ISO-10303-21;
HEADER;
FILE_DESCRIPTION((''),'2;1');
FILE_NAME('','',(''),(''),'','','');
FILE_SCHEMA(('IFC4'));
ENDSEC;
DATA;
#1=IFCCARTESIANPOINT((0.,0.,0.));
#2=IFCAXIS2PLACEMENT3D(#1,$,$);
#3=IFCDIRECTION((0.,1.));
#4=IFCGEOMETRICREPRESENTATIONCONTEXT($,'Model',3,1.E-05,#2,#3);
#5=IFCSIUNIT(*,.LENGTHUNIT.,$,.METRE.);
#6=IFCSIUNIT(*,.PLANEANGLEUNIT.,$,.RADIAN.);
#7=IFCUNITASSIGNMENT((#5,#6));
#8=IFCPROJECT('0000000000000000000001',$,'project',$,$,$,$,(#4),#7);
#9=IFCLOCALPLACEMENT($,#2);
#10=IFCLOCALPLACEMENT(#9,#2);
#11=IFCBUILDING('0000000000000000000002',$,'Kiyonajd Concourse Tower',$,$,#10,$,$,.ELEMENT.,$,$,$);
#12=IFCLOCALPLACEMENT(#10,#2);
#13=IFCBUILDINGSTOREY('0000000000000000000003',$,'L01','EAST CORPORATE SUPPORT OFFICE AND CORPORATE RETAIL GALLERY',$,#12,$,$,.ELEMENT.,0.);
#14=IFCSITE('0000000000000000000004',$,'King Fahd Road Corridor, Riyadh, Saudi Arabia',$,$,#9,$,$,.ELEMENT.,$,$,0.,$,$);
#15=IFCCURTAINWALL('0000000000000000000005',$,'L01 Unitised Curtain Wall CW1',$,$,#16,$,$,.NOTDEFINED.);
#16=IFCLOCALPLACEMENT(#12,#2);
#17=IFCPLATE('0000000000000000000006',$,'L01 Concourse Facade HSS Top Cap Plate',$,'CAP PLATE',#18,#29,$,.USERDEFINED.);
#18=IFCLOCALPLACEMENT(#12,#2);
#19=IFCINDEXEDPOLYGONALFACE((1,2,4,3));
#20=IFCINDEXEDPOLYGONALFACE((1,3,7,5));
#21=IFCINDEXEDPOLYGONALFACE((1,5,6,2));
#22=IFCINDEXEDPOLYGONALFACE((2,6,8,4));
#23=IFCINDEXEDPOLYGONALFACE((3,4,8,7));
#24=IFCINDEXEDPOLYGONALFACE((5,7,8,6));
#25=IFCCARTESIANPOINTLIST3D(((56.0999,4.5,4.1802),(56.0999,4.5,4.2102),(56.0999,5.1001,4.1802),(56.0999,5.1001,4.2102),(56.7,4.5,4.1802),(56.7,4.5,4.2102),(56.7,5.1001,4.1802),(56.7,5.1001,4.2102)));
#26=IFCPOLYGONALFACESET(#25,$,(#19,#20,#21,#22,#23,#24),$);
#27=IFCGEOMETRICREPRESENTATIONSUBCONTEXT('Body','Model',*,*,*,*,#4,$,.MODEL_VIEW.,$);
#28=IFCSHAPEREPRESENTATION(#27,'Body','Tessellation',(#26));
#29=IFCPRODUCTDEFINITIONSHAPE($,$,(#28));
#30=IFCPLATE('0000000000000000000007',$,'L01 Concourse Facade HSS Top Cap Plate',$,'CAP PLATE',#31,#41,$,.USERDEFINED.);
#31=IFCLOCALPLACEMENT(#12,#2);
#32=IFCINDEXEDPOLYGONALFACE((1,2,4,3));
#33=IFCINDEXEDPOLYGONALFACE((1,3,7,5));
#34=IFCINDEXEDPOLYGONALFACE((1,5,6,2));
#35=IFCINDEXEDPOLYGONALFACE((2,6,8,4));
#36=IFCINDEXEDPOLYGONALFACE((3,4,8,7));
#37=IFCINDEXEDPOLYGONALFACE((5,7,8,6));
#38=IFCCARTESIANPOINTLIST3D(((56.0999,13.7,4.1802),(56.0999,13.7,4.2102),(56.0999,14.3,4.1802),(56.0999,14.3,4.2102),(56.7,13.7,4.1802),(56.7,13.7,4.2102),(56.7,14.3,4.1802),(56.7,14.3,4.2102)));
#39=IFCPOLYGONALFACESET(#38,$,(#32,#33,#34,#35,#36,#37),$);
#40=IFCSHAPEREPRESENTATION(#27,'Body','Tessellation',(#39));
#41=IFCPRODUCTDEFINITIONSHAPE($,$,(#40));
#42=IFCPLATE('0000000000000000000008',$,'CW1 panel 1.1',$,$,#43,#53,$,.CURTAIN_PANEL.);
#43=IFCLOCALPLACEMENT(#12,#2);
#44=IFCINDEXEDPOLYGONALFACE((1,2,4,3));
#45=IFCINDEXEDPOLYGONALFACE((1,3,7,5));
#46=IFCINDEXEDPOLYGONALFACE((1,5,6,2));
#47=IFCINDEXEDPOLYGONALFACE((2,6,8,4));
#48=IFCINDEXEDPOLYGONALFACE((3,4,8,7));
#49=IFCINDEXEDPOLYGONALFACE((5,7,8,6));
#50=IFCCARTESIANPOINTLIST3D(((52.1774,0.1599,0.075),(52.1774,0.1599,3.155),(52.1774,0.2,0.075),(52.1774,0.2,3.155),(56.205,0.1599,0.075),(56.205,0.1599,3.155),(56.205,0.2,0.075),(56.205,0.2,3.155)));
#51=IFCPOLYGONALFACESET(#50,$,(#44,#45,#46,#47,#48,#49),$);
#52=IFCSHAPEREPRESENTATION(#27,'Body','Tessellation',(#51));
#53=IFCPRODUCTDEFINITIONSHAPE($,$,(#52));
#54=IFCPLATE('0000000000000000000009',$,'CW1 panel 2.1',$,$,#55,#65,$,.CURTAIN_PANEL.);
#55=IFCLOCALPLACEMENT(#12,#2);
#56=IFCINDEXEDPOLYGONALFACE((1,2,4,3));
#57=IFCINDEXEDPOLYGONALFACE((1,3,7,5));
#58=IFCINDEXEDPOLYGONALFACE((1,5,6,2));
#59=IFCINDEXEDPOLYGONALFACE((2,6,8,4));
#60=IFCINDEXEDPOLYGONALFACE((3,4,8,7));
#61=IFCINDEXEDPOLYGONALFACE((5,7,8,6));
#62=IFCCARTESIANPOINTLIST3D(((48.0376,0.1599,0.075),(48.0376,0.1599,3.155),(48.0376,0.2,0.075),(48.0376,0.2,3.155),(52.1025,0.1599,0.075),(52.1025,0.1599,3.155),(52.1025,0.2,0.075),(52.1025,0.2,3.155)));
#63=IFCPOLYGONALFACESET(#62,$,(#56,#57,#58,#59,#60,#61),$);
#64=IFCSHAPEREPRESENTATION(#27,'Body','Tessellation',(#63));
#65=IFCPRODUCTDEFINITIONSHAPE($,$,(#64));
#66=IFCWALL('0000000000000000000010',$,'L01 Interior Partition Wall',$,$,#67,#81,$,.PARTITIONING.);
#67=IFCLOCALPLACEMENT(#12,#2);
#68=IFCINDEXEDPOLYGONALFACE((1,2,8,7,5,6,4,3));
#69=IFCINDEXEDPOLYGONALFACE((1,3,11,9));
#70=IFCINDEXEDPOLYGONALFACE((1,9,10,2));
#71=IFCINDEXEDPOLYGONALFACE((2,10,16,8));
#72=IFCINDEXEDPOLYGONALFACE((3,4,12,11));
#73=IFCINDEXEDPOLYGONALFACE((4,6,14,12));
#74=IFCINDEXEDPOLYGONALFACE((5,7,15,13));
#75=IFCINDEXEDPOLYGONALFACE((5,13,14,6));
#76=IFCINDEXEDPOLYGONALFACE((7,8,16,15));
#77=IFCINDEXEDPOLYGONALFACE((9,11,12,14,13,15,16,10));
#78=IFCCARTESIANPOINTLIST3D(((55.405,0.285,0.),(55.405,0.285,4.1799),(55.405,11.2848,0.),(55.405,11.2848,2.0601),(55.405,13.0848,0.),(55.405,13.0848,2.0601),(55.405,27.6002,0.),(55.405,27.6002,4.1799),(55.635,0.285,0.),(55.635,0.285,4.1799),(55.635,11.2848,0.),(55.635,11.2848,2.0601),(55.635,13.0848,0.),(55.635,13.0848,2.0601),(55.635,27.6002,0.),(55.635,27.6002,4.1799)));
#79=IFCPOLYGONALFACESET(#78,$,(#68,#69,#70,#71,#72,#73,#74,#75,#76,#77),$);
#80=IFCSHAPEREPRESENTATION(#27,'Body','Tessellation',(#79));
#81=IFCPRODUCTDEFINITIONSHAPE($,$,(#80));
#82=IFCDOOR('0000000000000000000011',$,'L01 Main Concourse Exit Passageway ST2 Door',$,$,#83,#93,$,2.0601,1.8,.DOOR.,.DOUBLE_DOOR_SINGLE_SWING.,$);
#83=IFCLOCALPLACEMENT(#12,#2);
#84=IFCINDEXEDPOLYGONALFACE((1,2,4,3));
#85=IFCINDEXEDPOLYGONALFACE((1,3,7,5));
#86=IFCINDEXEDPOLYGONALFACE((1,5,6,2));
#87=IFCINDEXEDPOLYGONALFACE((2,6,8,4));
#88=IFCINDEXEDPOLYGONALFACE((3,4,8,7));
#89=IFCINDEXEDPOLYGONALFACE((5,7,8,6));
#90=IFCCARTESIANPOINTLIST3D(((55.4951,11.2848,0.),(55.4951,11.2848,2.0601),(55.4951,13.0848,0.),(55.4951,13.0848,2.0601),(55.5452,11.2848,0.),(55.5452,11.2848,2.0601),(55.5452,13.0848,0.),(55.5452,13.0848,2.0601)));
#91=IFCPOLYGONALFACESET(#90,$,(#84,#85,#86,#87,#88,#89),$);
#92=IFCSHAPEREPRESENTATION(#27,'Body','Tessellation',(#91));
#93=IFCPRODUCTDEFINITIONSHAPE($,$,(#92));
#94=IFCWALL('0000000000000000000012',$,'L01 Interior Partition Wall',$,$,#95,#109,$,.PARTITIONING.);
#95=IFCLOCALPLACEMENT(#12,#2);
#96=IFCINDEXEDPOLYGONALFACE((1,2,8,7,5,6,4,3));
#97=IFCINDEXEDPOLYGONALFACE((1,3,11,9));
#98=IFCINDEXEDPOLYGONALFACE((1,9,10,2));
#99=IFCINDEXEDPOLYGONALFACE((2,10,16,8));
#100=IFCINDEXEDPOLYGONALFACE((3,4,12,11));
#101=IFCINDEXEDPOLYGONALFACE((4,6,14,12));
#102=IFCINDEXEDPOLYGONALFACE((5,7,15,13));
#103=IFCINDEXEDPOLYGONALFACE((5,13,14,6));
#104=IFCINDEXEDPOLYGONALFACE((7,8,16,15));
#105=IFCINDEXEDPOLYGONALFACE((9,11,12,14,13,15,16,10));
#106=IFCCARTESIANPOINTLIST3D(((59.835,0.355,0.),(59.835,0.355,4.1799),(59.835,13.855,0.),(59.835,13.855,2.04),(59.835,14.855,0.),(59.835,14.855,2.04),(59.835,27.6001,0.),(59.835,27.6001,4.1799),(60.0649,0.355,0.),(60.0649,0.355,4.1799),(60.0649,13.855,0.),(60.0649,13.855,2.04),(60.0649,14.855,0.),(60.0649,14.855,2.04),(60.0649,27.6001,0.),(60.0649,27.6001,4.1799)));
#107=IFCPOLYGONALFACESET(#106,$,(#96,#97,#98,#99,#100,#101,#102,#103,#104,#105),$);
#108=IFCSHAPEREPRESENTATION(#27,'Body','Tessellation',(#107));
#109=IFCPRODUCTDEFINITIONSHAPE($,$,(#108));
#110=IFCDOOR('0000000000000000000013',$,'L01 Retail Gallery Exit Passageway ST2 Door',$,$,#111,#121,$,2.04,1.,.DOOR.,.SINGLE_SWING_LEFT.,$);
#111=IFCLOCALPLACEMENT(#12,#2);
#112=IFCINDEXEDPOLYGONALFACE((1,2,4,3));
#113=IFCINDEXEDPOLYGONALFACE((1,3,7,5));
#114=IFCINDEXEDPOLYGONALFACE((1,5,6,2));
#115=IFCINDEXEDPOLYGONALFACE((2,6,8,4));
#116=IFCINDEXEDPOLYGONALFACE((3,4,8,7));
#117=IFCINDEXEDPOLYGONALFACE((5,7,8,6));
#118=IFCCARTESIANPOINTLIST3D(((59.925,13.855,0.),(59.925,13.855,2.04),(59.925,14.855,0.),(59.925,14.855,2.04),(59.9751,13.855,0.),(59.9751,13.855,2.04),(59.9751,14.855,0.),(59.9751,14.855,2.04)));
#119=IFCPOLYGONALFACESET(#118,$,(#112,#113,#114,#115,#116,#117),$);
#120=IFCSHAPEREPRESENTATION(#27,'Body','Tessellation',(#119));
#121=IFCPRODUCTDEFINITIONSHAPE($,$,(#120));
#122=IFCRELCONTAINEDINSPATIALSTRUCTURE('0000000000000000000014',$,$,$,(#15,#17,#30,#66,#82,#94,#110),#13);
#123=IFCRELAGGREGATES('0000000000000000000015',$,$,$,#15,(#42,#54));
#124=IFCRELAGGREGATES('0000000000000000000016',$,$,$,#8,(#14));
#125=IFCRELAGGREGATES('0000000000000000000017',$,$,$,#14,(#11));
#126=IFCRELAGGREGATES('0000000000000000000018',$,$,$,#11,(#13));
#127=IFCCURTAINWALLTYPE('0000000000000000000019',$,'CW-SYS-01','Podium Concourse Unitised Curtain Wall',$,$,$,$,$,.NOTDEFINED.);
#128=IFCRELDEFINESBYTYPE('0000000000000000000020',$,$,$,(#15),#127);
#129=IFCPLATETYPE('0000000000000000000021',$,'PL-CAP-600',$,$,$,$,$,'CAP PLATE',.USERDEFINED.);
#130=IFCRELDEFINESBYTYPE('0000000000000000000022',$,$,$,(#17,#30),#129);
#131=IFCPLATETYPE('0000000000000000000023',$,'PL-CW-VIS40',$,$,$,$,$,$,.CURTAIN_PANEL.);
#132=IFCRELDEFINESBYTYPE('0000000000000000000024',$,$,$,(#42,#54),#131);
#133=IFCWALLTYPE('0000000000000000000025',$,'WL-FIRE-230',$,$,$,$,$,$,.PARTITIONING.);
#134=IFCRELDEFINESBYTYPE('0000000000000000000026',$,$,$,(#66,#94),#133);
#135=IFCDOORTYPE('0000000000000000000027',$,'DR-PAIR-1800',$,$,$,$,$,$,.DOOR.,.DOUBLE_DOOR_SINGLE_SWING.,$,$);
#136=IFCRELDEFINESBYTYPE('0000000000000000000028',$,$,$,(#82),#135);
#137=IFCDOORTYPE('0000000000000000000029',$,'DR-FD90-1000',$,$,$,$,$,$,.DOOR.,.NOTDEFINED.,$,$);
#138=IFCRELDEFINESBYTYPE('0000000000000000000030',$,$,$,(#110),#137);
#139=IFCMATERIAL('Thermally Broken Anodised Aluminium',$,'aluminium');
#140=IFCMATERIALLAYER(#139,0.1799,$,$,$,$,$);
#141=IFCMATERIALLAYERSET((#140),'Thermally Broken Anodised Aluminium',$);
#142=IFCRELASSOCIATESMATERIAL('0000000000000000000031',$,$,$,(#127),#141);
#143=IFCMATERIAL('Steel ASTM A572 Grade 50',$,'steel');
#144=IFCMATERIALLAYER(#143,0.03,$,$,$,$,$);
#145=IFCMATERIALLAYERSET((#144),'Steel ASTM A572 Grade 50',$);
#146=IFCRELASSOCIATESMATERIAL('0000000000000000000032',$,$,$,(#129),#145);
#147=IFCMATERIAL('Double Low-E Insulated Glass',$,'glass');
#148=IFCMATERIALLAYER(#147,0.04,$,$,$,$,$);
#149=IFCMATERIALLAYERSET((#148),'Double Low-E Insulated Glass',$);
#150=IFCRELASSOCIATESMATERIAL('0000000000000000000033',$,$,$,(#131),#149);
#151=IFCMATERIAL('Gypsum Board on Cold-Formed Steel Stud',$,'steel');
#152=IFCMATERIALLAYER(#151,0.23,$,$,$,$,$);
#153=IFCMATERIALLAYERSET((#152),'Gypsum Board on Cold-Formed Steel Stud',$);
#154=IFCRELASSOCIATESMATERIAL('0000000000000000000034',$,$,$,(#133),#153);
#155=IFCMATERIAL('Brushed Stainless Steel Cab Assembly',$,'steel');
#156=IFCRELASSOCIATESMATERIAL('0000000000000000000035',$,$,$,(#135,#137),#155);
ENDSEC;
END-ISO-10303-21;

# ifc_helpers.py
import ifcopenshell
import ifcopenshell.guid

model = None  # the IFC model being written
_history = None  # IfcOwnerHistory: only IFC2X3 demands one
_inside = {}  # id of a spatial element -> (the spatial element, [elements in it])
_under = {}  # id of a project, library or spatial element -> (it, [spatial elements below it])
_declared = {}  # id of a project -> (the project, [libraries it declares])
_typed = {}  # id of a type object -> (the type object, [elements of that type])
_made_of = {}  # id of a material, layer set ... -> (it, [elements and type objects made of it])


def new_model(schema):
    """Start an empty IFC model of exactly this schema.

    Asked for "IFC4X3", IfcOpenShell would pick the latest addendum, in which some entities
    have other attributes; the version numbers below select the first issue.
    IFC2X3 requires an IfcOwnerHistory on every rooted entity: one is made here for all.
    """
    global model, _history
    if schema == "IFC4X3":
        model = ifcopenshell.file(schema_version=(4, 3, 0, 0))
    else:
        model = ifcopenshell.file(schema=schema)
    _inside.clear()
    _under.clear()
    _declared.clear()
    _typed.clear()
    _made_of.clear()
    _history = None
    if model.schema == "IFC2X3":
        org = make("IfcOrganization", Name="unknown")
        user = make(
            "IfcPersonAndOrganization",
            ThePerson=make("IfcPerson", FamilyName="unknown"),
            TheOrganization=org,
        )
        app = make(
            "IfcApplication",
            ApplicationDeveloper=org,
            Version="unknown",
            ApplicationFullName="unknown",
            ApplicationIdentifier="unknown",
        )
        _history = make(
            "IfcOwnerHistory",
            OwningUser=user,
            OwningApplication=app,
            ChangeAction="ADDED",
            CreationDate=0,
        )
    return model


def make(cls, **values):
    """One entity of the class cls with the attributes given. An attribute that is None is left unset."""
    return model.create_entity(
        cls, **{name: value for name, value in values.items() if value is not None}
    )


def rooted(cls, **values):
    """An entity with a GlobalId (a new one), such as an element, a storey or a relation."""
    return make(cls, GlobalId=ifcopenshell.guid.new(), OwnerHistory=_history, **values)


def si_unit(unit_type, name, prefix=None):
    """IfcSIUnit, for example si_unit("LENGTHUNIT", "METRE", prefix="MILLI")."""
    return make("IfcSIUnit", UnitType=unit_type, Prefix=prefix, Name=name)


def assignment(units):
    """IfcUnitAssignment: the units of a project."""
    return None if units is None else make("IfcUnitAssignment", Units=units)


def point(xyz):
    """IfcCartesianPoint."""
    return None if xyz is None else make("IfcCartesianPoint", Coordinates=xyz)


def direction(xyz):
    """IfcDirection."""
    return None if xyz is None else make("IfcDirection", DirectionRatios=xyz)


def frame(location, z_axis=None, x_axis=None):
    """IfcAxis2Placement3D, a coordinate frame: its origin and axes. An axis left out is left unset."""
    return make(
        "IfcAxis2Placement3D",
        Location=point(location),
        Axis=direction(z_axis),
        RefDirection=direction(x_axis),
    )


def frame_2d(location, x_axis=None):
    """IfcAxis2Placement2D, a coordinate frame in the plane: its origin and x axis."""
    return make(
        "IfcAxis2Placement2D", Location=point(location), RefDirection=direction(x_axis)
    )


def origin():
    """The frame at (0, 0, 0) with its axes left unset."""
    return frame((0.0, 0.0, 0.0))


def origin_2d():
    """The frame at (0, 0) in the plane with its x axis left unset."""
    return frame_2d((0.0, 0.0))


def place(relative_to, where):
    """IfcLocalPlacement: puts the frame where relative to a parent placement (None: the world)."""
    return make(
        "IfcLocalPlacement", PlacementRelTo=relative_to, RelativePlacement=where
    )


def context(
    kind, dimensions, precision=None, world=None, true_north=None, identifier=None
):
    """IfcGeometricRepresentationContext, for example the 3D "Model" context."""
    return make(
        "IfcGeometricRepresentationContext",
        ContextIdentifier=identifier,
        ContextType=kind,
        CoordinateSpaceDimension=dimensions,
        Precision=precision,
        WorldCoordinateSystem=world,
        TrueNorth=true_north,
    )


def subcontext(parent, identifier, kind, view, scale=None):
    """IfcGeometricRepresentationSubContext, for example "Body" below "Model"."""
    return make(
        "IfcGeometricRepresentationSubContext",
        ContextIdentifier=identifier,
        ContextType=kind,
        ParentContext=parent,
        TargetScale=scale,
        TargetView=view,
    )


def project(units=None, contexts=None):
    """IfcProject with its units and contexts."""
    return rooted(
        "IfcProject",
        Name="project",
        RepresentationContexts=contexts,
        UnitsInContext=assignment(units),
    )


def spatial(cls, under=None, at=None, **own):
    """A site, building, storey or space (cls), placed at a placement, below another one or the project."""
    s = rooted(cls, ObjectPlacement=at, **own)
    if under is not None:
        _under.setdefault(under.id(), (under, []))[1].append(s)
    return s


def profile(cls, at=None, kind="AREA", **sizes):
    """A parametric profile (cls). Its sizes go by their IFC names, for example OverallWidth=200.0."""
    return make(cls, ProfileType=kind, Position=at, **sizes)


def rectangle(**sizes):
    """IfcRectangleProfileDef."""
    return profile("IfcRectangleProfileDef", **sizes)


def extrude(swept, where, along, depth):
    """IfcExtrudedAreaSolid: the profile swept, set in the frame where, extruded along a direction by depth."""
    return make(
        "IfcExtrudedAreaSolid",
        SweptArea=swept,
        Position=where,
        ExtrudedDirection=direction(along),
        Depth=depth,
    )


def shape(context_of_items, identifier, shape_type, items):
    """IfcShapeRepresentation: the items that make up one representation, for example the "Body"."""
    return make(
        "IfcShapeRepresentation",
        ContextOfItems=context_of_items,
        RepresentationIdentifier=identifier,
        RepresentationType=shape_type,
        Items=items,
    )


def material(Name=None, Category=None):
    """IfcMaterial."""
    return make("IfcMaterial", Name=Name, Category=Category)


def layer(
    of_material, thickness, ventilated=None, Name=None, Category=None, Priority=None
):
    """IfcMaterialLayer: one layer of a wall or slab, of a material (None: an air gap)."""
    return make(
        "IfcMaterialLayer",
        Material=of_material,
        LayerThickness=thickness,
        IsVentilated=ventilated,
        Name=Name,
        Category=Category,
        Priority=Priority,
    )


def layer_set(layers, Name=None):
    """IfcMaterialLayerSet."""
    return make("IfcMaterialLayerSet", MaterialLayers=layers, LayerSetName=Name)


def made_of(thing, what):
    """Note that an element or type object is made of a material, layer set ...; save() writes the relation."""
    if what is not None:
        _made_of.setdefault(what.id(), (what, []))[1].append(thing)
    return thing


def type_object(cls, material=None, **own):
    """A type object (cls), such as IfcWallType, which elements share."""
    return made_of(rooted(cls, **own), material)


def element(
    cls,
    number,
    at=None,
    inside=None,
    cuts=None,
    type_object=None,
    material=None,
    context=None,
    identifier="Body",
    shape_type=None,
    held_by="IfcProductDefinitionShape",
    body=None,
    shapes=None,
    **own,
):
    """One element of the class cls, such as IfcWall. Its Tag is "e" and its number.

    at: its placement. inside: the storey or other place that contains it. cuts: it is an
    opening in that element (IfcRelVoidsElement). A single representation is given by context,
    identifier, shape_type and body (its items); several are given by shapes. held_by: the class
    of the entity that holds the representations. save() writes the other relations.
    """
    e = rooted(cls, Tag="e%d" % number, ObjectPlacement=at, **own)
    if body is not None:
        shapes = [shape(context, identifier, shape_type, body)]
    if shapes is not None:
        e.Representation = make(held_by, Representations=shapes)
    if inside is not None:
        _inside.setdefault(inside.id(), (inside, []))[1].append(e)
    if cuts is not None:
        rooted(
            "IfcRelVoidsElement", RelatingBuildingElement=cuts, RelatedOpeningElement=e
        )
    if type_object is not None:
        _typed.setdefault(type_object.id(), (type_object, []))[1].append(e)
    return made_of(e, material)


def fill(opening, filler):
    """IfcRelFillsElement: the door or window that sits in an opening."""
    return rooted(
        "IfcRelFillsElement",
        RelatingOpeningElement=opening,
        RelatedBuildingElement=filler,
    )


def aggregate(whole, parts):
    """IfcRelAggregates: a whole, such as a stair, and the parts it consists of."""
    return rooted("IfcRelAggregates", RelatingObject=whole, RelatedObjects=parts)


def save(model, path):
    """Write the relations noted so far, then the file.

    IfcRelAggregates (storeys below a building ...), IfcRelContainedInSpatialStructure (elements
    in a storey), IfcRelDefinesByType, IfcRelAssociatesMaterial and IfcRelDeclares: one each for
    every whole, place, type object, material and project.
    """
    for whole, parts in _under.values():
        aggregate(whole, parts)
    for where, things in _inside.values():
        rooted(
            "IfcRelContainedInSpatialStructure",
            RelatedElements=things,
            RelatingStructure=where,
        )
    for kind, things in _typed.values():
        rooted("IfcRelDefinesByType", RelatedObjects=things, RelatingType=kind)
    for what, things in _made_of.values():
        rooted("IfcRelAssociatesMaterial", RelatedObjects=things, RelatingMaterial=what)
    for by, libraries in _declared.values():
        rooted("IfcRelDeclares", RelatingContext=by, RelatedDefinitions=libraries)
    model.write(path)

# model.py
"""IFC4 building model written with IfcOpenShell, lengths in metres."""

from ifc_helpers import new_model, si_unit, direction, frame, frame_2d, origin, origin_2d, place, context, subcontext, project, spatial, rectangle, extrude, material, layer, layer_set, type_object, element, fill, aggregate, save


model = new_model("IFC4")

# Units and contexts
model_context = context("Model", 3, precision=1e-05, world=origin(), true_north=direction((0.0, 1.0)))
body_context = subcontext(model_context, "Body", "Model", "MODEL_VIEW")
ifc_project = project(units=[si_unit("LENGTHUNIT", "METRE"), si_unit("PLANEANGLEUNIT", "RADIAN")], contexts=[model_context])

# Site, building, storey
site_placement = place(None, origin())
site = spatial("IfcSite", under=ifc_project, at=site_placement, Name="King Fahd Road Corridor, Riyadh, Saudi Arabia", CompositionType="ELEMENT", RefElevation=0.0)
building_placement = place(site_placement, origin())
building = spatial("IfcBuilding", under=site, at=building_placement, Name="Kiyonajd Concourse Tower", CompositionType="ELEMENT")
storey_placement = place(building_placement, origin())
storey = spatial("IfcBuildingStorey", under=building, at=storey_placement, Name="L01", Description="EAST CORPORATE SUPPORT OFFICE AND CORPORATE RETAIL GALLERY", CompositionType="ELEMENT", Elevation=0.0)

# Shared definitions
ifc_material_1 = material(Name="Steel ASTM A572 Grade 50", Category="steel")

# Curtain wall
ifc_material_2 = material(Name="Thermally Broken Anodised Aluminium", Category="aluminium")
ifc_layer_1 = layer(ifc_material_2, 0.1799)
ifc_layer_set_1 = layer_set([ifc_layer_1], Name="Thermally Broken Anodised Aluminium")
curtain_wall_type = type_object("IfcCurtainWallType", Name="CW-SYS-01", Description="Podium Concourse Unitised Curtain Wall", PredefinedType="NOTDEFINED", material=ifc_layer_set_1)
curtain_wall_placement = place(storey_placement, origin())
curtain_wall = element("IfcCurtainWall", 1, at=curtain_wall_placement, inside=storey, type_object=curtain_wall_type, Name="L01 Unitised Curtain Wall CW1", PredefinedType="NOTDEFINED")

# Plates
ifc_layer_2 = layer(ifc_material_1, 0.03)
ifc_layer_set_2 = layer_set([ifc_layer_2], Name="Steel ASTM A572 Grade 50")
plate_type_1 = type_object("IfcPlateType", Name="PL-CAP-600", ElementType="CAP PLATE", PredefinedType="USERDEFINED", material=ifc_layer_set_2)
for number, where, z_axis, x_axis, name in (
    (2, (56.3999, 4.8, 4.1802), (0.0, 0.0, 1.0), (1.0, 0.0, 0.0), "L01 Concourse Facade HSS Top Cap Plate"),
    (3, (56.3999, 14.0, 4.1802), (0.0, 0.0, 1.0), (1.0, 0.0, 0.0), "L01 Concourse Facade HSS Top Cap Plate"),
):
    element("IfcPlate", number, at=place(storey_placement, frame(where, z_axis=z_axis, x_axis=x_axis)), inside=storey, type_object=plate_type_1, Name=name, ObjectType="CAP PLATE", PredefinedType="USERDEFINED", context=body_context, shape_type="SweptSolid", body=[
        extrude(rectangle(XDim=0.6001, YDim=0.6001, at=origin_2d()), origin(), (0.0, 0.0, 1.0), 0.03),
    ])

# Plates
ifc_material_3 = material(Name="Double Low-E Insulated Glass", Category="glass")
ifc_layer_3 = layer(ifc_material_3, 0.04)
ifc_layer_set_3 = layer_set([ifc_layer_3], Name="Double Low-E Insulated Glass")
plate_type_2 = type_object("IfcPlateType", Name="PL-CW-VIS40", PredefinedType="CURTAIN_PANEL", material=ifc_layer_set_3)
plate_1_placement = place(storey_placement, frame((54.1912, 0.1799, 0.075), z_axis=(0.0, 0.0, 1.0), x_axis=(-1.0, 0.0, 0.0)))
plate_1 = element("IfcPlate", 4, at=plate_1_placement, type_object=plate_type_2, Name="CW1 panel 1.1", PredefinedType="CURTAIN_PANEL", context=body_context, shape_type="SweptSolid", body=[
    extrude(rectangle(XDim=4.0276, YDim=0.04, at=origin_2d()), origin(), (0.0, 0.0, 1.0), 3.0801),
])
plate_2_placement = place(storey_placement, frame((50.0701, 0.1799, 0.075), z_axis=(0.0, 0.0, 1.0), x_axis=(-1.0, 0.0, 0.0)))
plate_2 = element("IfcPlate", 5, at=plate_2_placement, type_object=plate_type_2, Name="CW1 panel 2.1", PredefinedType="CURTAIN_PANEL", context=body_context, shape_type="SweptSolid", body=[
    extrude(rectangle(XDim=4.0649, YDim=0.04, at=origin_2d()), origin(), (0.0, 0.0, 1.0), 3.0801),
])
aggregate(curtain_wall, [plate_1, plate_2])

# Walls, openings, doors
ifc_material_4 = material(Name="Gypsum Board on Cold-Formed Steel Stud", Category="steel")
ifc_layer_4 = layer(ifc_material_4, 0.23)
ifc_layer_set_4 = layer_set([ifc_layer_4], Name="Gypsum Board on Cold-Formed Steel Stud")
wall_type = type_object("IfcWallType", Name="WL-FIRE-230", PredefinedType="PARTITIONING", material=ifc_layer_set_4)
wall_1_placement = place(storey_placement, frame((55.52, 0.2849, 0.0), z_axis=(0.0, 0.0, 1.0), x_axis=(0.0, 1.0, 0.0)))
wall_1 = element("IfcWall", 6, at=wall_1_placement, inside=storey, type_object=wall_type, Name="L01 Interior Partition Wall", PredefinedType="PARTITIONING", context=body_context, shape_type="SweptSolid", body=[
    extrude(rectangle(XDim=27.3152, YDim=0.23, at=frame_2d((13.6577, 0.0))), origin(), (0.0, 0.0, 1.0), 4.1799),
])
opening_1_placement = place(wall_1_placement, frame((11.0, 0.0, 0.0)))
opening_1 = element("IfcOpeningElement", 7, at=opening_1_placement, cuts=wall_1, PredefinedType="OPENING", context=body_context, shape_type="SweptSolid", body=[
    extrude(rectangle(XDim=1.8, YDim=2.0601, at=frame_2d((0.8999, 1.03))), frame((0.0, 0.125, 0.0), z_axis=(0.0, -1.0, 0.0), x_axis=(1.0, 0.0, 0.0)), (0.0, 0.0, 1.0), 0.25),
])
ifc_material_5 = material(Name="Brushed Stainless Steel Cab Assembly", Category="steel")
door_type_1 = type_object("IfcDoorType", Name="DR-PAIR-1800", OperationType="DOUBLE_DOOR_SINGLE_SWING", PredefinedType="DOOR", material=ifc_material_5)
door_1_placement = place(opening_1_placement, origin())
door_1 = element("IfcDoor", 8, at=door_1_placement, inside=storey, type_object=door_type_1, Name="L01 Main Concourse Exit Passageway ST2 Door", OperationType="DOUBLE_DOOR_SINGLE_SWING", OverallHeight=2.0601, OverallWidth=1.8, PredefinedType="DOOR", context=body_context, shape_type="SweptSolid", body=[
    extrude(rectangle(XDim=1.8, YDim=2.0601, at=frame_2d((0.8999, 1.03))), frame((0.0, 0.0249, 0.0), z_axis=(0.0, -1.0, 0.0), x_axis=(1.0, 0.0, 0.0)), (0.0, 0.0, 1.0), 0.05),
])
fill(opening_1, door_1)
wall_2_placement = place(storey_placement, frame((59.95, 0.355, 0.0), z_axis=(0.0, 0.0, 1.0), x_axis=(0.0, 1.0, 0.0)))
wall_2 = element("IfcWall", 9, at=wall_2_placement, inside=storey, type_object=wall_type, Name="L01 Interior Partition Wall", PredefinedType="PARTITIONING", context=body_context, shape_type="SweptSolid", body=[
    extrude(rectangle(XDim=27.2451, YDim=0.23, at=frame_2d((13.6226, 0.0))), origin(), (0.0, 0.0, 1.0), 4.1799),
])
opening_2_placement = place(wall_2_placement, frame((13.5, 0.0, 0.0)))
opening_2 = element("IfcOpeningElement", 10, at=opening_2_placement, cuts=wall_2, PredefinedType="OPENING", context=body_context, shape_type="SweptSolid", body=[
    extrude(rectangle(XDim=1.0, YDim=2.04, at=frame_2d((0.5, 1.02))), frame((0.0, 0.125, 0.0), z_axis=(0.0, -1.0, 0.0), x_axis=(1.0, 0.0, 0.0)), (0.0, 0.0, 1.0), 0.25),
])
door_type_2 = type_object("IfcDoorType", Name="DR-FD90-1000", OperationType="NOTDEFINED", PredefinedType="DOOR", material=ifc_material_5)
door_2_placement = place(opening_2_placement, origin())
door_2 = element("IfcDoor", 11, at=door_2_placement, inside=storey, type_object=door_type_2, Name="L01 Retail Gallery Exit Passageway ST2 Door", OperationType="SINGLE_SWING_LEFT", OverallHeight=2.04, OverallWidth=1.0, PredefinedType="DOOR", context=body_context, shape_type="SweptSolid", body=[
    extrude(rectangle(XDim=1.0, YDim=2.04, at=frame_2d((0.5, 1.02))), frame((0.0, 0.0249, 0.0), z_axis=(0.0, -1.0, 0.0), x_axis=(1.0, 0.0, 0.0)), (0.0, 0.0, 1.0), 0.05),
])
fill(opening_2, door_2)

save(model, "model.ifc")
